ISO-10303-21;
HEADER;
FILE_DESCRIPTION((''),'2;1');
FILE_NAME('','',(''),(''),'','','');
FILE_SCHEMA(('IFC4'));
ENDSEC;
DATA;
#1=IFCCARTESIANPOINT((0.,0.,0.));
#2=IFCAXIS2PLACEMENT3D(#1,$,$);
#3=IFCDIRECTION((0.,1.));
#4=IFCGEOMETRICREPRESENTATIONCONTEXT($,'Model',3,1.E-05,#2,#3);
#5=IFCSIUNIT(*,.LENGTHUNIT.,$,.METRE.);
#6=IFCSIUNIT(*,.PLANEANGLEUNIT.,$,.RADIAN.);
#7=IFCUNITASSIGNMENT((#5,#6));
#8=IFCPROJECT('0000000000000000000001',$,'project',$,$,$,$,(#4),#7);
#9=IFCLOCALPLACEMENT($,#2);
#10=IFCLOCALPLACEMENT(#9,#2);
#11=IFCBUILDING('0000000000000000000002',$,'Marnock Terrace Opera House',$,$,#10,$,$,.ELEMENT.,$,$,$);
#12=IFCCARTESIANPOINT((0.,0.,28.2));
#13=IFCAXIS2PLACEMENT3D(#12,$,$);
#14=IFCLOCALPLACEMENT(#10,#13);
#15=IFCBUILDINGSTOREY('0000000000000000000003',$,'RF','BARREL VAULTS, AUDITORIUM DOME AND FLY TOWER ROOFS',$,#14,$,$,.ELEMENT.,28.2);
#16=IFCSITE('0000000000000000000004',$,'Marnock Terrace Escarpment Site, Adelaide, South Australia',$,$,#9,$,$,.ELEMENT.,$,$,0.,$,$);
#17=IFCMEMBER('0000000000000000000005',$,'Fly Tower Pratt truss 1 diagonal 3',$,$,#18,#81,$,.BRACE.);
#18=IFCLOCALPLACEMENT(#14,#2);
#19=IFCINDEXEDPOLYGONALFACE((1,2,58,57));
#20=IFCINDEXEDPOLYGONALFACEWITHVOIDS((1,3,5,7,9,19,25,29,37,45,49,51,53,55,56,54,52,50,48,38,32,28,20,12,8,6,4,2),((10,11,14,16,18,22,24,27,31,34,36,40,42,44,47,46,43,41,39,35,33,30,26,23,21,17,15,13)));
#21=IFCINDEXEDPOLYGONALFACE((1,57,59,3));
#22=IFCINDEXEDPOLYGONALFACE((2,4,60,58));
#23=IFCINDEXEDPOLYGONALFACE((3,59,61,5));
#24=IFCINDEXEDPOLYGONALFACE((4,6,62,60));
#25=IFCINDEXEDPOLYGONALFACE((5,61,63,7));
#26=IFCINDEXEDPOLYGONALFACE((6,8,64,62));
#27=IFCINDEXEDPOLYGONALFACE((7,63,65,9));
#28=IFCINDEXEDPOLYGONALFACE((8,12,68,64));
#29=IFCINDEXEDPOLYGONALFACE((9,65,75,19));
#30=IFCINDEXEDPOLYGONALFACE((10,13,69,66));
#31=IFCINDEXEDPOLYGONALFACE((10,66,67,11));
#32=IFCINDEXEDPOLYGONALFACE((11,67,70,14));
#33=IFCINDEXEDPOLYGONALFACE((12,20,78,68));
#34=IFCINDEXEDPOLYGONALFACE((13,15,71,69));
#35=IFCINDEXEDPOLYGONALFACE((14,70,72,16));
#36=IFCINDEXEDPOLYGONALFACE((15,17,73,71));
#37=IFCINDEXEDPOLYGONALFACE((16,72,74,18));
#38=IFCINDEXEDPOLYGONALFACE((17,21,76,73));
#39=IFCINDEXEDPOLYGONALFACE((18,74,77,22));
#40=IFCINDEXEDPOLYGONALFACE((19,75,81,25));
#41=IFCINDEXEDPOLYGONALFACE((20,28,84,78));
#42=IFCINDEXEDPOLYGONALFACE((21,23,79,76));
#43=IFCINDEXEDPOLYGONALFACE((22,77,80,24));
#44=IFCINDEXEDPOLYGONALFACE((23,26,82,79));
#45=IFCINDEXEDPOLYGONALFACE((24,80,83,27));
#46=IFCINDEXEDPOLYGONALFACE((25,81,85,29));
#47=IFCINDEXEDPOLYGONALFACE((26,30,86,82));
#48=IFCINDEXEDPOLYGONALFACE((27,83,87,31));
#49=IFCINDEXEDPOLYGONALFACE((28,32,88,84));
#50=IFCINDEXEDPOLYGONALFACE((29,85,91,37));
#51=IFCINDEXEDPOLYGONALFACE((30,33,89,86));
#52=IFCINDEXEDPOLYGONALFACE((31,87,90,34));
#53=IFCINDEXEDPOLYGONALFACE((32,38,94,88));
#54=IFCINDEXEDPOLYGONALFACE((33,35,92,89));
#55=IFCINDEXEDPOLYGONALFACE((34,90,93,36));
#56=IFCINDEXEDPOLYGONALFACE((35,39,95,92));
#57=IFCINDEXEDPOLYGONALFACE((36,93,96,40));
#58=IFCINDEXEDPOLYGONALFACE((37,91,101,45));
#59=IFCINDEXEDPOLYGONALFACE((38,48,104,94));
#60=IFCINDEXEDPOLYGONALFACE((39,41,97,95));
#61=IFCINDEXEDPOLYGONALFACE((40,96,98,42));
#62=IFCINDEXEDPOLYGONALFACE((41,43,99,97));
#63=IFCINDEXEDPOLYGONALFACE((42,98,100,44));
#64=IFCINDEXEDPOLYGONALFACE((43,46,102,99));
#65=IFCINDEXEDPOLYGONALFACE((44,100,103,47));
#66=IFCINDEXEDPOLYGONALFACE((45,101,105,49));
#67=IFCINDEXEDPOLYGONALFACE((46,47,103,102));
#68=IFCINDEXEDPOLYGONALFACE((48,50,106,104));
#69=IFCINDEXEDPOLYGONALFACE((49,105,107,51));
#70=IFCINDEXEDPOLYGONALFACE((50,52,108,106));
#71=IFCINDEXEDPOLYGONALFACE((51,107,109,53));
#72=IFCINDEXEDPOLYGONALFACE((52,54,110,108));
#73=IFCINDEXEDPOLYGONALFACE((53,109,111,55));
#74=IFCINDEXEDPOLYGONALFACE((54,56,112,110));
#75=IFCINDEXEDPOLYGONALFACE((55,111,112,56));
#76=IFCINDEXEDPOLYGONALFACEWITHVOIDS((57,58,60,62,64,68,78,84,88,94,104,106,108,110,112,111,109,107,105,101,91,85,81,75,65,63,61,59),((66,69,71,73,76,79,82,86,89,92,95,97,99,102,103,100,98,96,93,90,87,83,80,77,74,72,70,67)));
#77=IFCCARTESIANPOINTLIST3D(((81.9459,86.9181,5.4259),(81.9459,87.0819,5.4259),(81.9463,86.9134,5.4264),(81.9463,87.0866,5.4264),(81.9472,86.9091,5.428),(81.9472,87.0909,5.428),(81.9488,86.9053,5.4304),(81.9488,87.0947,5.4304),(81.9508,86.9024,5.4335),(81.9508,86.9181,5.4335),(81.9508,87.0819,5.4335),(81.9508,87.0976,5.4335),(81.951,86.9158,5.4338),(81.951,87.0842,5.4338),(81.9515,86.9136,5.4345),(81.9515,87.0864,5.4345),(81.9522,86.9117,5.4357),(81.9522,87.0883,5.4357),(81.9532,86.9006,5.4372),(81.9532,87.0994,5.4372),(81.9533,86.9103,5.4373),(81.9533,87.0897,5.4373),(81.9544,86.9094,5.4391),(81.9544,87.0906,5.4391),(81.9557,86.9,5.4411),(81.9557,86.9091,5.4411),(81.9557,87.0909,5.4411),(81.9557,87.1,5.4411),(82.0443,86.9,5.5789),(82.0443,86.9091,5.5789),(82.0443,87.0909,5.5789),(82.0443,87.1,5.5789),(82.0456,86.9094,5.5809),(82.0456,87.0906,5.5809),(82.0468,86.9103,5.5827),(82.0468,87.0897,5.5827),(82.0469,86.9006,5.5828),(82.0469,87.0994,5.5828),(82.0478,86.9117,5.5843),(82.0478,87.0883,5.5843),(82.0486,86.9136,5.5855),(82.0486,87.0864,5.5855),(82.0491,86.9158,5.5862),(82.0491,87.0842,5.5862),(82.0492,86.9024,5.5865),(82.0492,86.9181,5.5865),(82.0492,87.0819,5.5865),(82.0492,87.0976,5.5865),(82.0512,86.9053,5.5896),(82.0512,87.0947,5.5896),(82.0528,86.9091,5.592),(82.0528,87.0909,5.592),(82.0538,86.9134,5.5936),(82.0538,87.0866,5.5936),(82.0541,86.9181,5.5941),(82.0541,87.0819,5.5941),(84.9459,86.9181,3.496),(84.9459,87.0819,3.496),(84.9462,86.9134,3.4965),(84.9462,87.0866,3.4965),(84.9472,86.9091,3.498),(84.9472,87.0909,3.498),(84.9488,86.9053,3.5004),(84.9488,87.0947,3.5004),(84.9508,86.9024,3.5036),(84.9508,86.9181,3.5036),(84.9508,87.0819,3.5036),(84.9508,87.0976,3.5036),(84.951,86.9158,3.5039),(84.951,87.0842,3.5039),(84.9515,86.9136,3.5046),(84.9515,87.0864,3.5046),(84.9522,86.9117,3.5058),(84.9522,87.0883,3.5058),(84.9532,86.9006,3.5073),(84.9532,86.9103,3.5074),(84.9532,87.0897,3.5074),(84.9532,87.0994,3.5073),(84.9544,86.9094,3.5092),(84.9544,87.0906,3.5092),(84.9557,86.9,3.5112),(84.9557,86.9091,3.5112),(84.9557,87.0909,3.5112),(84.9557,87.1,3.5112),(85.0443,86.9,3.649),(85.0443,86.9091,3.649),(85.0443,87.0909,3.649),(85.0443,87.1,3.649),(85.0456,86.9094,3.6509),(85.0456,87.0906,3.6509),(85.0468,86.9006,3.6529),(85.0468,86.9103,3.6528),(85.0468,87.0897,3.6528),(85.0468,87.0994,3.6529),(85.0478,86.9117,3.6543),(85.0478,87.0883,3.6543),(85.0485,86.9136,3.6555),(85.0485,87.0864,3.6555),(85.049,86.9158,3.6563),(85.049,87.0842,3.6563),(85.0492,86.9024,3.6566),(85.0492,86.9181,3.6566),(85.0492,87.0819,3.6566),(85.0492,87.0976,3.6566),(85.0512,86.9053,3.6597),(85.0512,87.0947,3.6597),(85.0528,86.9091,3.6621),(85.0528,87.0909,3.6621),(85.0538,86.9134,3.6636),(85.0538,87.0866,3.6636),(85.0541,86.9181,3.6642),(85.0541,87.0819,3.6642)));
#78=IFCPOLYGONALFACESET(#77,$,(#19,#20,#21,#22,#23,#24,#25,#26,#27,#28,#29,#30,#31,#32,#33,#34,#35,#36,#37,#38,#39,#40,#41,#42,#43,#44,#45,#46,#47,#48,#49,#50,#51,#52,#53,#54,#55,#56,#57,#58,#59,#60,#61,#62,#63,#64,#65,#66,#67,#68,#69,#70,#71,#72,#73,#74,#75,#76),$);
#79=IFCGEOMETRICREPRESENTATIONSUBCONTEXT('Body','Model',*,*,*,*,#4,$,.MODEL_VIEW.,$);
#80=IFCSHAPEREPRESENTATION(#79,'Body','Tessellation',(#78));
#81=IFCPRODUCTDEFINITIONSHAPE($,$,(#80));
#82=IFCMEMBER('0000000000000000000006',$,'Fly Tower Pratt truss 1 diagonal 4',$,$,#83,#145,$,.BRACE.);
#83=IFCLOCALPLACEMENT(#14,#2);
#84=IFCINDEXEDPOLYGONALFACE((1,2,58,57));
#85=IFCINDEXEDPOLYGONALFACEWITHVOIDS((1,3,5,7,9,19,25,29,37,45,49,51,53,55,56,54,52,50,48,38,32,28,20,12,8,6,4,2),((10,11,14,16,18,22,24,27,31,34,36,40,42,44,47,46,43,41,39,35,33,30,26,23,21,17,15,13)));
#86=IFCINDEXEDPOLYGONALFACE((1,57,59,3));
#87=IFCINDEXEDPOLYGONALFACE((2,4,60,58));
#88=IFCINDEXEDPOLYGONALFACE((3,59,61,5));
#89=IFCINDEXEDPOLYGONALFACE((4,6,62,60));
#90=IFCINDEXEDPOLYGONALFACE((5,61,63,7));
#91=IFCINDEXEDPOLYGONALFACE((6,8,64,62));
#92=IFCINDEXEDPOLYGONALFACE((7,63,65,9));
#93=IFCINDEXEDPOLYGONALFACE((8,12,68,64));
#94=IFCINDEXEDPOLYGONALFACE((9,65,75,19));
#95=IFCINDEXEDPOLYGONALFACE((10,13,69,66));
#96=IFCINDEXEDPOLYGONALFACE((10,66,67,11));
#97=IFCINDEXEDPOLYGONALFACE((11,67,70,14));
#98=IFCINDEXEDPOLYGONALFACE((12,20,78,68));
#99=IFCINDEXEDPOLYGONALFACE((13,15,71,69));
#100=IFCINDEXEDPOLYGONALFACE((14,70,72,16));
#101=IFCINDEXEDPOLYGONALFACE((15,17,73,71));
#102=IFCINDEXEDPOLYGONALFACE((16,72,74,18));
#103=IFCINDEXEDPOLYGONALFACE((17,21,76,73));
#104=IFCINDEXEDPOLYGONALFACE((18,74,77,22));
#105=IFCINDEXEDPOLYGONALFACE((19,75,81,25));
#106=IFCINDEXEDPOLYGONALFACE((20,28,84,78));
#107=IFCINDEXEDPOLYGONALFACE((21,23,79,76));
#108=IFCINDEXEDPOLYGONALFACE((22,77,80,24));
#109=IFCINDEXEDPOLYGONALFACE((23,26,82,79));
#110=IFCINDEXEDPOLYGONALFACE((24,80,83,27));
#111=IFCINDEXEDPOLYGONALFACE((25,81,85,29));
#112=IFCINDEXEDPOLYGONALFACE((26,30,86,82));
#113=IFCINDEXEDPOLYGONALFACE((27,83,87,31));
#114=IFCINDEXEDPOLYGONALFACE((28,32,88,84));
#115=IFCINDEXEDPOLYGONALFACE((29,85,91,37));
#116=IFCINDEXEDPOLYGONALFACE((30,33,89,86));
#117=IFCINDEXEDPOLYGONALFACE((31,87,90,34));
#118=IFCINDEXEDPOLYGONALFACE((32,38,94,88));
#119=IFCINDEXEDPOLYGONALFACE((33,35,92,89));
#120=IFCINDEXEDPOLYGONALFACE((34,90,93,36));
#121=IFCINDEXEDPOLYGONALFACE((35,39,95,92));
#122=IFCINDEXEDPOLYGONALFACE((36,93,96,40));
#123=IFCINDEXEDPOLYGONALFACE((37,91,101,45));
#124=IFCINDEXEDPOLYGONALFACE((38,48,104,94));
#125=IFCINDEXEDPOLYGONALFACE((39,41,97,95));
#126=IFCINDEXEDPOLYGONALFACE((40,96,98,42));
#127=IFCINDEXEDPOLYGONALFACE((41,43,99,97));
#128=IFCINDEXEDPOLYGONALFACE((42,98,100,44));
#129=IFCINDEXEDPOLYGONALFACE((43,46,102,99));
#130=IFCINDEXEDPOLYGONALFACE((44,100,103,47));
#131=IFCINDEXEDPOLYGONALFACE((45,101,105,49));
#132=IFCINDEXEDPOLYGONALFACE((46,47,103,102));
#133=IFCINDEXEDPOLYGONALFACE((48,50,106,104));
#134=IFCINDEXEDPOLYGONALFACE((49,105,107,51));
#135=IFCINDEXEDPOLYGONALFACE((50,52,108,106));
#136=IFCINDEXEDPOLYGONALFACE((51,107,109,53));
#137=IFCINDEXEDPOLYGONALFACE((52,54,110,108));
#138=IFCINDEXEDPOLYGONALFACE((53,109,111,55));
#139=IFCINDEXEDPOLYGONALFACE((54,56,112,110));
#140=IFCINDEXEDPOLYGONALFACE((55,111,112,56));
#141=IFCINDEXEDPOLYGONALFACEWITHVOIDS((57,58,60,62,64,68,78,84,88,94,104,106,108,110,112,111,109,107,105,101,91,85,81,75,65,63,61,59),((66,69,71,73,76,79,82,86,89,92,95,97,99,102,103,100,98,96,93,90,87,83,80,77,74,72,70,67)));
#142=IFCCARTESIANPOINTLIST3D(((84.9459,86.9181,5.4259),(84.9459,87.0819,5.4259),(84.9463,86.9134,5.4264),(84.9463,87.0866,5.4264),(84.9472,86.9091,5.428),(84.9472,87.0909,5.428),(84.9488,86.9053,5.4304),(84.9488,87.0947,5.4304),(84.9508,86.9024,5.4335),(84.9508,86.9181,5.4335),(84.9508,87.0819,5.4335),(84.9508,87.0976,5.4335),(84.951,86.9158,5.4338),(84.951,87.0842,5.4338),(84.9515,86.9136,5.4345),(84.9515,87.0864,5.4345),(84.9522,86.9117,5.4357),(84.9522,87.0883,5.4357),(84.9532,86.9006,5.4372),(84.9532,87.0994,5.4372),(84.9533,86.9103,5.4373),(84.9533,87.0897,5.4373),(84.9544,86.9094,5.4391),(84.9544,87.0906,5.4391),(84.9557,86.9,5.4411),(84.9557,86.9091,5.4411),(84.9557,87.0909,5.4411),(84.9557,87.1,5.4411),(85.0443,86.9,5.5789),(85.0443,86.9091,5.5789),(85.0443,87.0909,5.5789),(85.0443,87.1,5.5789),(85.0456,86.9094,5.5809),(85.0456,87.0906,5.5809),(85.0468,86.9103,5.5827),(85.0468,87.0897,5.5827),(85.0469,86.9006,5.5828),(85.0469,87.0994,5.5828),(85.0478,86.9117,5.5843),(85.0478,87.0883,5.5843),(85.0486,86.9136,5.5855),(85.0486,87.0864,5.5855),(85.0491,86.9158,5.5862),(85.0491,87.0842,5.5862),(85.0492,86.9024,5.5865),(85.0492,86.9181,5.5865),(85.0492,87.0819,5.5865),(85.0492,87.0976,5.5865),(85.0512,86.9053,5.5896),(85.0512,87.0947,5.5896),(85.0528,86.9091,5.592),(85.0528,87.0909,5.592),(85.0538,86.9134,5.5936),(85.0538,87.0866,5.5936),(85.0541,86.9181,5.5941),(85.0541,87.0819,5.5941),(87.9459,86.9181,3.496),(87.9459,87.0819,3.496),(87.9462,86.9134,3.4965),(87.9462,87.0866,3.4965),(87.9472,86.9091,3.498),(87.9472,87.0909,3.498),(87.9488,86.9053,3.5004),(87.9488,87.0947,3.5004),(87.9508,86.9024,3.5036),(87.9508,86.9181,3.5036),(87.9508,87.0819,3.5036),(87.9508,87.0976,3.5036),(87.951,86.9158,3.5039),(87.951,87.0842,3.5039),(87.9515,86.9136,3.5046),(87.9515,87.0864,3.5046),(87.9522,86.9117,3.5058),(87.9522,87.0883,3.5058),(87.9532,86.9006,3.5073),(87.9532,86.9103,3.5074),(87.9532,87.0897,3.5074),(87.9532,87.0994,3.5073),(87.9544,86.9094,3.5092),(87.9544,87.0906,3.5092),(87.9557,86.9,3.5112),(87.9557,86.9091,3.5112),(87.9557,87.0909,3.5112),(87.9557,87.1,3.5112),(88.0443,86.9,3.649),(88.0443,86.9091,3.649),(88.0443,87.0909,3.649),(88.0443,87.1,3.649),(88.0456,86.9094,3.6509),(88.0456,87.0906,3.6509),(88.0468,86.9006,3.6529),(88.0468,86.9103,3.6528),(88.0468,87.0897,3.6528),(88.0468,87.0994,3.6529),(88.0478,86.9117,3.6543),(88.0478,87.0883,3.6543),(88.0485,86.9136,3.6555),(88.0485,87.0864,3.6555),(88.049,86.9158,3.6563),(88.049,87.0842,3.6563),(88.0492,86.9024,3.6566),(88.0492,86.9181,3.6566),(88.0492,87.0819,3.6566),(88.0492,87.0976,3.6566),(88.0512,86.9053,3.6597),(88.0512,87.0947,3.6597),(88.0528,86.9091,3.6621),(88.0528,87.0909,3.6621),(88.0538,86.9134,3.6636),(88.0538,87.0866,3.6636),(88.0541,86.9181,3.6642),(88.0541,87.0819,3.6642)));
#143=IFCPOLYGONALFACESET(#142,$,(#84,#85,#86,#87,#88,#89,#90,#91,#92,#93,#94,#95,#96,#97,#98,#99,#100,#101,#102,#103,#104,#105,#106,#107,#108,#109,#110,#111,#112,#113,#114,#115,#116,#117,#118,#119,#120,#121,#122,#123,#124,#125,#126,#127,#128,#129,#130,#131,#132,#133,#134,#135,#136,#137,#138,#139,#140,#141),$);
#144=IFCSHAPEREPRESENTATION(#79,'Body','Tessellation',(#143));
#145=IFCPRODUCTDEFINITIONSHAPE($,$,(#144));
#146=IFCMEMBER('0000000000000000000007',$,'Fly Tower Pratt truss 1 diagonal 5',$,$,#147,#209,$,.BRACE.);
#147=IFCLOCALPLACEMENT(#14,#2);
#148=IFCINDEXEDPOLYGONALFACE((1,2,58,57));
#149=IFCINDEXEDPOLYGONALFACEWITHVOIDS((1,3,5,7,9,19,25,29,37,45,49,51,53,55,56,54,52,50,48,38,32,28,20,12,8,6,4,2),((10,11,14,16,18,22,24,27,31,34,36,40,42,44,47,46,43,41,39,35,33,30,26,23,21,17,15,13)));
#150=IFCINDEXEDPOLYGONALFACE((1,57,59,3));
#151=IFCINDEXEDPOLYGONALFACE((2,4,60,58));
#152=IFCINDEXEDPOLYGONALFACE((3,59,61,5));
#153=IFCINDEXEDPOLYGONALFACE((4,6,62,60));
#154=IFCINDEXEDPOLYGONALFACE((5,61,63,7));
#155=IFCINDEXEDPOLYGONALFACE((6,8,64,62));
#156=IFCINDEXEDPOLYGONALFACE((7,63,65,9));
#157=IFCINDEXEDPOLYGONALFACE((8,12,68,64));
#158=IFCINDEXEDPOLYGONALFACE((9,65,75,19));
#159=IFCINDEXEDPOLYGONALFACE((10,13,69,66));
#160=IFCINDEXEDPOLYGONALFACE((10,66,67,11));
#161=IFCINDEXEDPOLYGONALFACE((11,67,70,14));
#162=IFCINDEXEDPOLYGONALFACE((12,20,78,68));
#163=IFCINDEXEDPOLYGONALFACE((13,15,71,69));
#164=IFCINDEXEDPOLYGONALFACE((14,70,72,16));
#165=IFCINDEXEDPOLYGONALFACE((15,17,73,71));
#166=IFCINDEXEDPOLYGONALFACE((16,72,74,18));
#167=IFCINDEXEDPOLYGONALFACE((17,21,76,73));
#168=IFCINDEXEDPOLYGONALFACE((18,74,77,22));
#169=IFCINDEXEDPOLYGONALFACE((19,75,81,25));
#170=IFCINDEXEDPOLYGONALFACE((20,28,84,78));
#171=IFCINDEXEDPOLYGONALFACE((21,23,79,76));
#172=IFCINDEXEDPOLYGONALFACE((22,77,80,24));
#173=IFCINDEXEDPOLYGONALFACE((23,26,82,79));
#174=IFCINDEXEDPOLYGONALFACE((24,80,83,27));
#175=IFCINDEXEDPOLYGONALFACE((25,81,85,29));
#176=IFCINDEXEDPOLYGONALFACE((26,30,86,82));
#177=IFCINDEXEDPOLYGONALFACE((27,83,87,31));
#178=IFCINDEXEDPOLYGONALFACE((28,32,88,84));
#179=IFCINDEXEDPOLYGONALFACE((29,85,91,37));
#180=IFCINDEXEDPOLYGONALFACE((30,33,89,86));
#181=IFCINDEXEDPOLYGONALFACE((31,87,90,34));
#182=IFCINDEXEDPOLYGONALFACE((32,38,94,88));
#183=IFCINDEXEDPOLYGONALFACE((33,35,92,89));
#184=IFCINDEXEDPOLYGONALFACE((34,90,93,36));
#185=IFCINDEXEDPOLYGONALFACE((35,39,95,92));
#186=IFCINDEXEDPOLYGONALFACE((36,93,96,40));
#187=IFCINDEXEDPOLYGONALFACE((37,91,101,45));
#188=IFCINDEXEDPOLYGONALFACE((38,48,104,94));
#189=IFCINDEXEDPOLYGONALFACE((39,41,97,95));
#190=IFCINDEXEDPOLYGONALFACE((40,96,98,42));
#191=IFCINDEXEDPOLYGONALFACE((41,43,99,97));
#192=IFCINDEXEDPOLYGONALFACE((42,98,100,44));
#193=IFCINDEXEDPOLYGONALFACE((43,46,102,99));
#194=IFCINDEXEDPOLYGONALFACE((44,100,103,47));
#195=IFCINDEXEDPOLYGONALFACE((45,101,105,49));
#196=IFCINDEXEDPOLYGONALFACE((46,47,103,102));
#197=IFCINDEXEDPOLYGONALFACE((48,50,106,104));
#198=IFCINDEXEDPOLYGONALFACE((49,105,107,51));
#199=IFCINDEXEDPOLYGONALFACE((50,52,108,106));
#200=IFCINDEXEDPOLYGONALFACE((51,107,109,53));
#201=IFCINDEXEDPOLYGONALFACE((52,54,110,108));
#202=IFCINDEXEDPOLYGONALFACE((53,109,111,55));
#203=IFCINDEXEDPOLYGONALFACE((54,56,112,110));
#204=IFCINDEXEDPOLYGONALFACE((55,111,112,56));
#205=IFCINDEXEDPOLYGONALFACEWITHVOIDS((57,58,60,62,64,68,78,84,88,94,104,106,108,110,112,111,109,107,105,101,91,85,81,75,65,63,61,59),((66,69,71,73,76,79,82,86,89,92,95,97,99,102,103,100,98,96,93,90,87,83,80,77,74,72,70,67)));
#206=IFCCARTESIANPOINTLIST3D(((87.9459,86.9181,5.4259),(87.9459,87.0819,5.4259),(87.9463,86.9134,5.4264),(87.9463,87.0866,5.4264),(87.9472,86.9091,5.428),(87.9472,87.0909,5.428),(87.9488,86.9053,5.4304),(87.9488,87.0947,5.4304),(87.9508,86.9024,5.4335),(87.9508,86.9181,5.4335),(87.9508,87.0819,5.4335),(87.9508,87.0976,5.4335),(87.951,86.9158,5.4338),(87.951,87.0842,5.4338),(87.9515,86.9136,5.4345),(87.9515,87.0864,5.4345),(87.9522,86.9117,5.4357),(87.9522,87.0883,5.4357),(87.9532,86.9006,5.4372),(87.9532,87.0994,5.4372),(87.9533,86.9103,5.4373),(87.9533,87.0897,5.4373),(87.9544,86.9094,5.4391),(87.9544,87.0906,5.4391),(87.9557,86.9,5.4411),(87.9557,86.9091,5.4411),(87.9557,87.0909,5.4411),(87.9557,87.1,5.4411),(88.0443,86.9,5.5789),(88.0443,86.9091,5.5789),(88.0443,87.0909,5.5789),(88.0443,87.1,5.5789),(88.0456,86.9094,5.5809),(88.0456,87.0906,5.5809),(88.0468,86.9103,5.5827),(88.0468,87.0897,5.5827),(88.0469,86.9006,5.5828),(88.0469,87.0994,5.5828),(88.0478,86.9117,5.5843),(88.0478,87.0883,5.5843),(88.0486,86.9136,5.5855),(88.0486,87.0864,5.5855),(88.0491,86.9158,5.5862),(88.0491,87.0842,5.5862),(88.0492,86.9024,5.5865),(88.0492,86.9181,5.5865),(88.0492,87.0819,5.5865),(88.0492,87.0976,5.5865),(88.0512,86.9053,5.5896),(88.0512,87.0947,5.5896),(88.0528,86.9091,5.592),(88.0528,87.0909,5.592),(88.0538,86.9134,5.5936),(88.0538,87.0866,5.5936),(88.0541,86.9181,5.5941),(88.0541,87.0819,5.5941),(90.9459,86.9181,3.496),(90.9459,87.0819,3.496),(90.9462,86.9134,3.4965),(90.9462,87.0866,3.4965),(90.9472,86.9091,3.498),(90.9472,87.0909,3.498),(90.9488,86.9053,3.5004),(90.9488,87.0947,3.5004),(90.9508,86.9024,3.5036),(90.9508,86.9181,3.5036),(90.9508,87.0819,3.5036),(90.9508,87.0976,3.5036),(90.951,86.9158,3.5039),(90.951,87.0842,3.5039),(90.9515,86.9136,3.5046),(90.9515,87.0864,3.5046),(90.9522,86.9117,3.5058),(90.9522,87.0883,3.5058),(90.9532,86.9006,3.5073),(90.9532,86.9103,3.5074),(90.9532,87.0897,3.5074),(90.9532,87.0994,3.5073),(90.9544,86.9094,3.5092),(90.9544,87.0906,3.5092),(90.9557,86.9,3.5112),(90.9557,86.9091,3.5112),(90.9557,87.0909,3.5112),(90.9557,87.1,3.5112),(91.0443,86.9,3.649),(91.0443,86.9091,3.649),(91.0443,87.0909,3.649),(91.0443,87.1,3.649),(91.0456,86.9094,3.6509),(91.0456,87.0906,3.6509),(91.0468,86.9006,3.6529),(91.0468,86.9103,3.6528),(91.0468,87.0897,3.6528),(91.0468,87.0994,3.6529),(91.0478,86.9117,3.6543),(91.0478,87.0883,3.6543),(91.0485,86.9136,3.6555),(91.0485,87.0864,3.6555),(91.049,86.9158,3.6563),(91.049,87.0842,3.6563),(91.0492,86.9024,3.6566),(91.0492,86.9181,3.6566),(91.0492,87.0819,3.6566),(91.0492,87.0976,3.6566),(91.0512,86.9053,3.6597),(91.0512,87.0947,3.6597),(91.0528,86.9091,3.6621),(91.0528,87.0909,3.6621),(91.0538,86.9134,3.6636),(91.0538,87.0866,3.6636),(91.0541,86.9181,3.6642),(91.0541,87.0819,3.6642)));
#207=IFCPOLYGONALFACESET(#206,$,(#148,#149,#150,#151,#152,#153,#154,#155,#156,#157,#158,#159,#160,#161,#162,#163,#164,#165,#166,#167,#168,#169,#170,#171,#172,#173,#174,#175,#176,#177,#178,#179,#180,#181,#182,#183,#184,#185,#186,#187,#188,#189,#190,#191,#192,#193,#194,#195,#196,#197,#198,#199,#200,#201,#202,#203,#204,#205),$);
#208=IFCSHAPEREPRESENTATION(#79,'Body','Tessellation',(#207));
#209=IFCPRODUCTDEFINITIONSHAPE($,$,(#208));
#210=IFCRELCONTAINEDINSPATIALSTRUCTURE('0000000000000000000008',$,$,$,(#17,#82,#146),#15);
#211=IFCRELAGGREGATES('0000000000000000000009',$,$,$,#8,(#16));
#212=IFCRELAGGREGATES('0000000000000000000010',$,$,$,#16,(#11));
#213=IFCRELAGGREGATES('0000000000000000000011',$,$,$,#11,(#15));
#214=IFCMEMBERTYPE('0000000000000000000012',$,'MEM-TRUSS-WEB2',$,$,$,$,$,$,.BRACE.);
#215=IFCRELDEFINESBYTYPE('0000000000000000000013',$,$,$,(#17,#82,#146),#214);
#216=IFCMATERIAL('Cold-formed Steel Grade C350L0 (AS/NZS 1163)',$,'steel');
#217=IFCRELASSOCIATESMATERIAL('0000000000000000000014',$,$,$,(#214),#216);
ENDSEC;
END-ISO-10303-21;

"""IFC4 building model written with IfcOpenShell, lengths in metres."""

from ifc_helpers import new_model, si_unit, direction, frame, origin, origin_2d, place, context, subcontext, project, spatial, hollow_rectangle, extrude, material, material_profile, profile_set, type_object, element, save


model = new_model("IFC4")

# Units and contexts
model_context = context("Model", 3, precision=1e-05, world=origin(), true_north=direction((0.0, 1.0)))
body_context = subcontext(model_context, "Body", "Model", "MODEL_VIEW")
ifc_project = project(units=[si_unit("LENGTHUNIT", "METRE"), si_unit("PLANEANGLEUNIT", "RADIAN")], contexts=[model_context])

# Site, building, storey
site_placement = place(None, origin())
site = spatial("IfcSite", under=ifc_project, at=site_placement, Name="Marnock Terrace Escarpment Site, Adelaide, South Australia", CompositionType="ELEMENT", RefElevation=0.0)
building_placement = place(site_placement, origin())
building = spatial("IfcBuilding", under=site, at=building_placement, Name="Marnock Terrace Opera House", CompositionType="ELEMENT")
storey_placement = place(building_placement, frame((0.0, 0.0, 28.2)))
storey = spatial("IfcBuildingStorey", under=building, at=storey_placement, Name="RF", Description="BARREL VAULTS, AUDITORIUM DOME AND FLY TOWER ROOFS", CompositionType="ELEMENT", Elevation=28.2)

# Members
ifc_material_1 = material(Name="Cold-formed Steel Grade C350L0 (AS/NZS 1163)", Category="steel")
ifc_material_profile_1 = material_profile(ifc_material_1, hollow_rectangle(XDim=0.2, YDim=0.2, WallThickness=0.009, InnerFilletRadius=0.009, OuterFilletRadius=0.0181, at=origin_2d()))
ifc_profile_set_1 = profile_set([ifc_material_profile_1], Name="Cold-formed Steel Grade C350L0 (AS/NZS 1163)")
member_type_1 = type_object("IfcMemberType", Name="MEM-TRUSS-WEB2", PredefinedType="BRACE", material=ifc_profile_set_1)
for number, where, z_axis, x_axis, name in (
    (1, (85.0, 87.0, 3.5801), (-0.841005, 0.0, 0.541027), (0.0, -1.0, 0.0), "Fly Tower Pratt truss 1 diagonal 3"),
    (2, (88.0, 87.0, 3.5801), (-0.841005, 0.0, 0.541027), (0.0, -1.0, 0.0), "Fly Tower Pratt truss 1 diagonal 4"),
    (3, (91.0, 87.0, 3.5801), (-0.841005, 0.0, 0.541027), (0.0, -1.0, 0.0), "Fly Tower Pratt truss 1 diagonal 5"),
):
    element("IfcMember", number, at=place(storey_placement, frame(where, z_axis=z_axis, x_axis=x_axis)), inside=storey, type_object=member_type_1, Name=name, PredefinedType="BRACE", context=body_context, shape_type="SweptSolid", body=[
        extrude(hollow_rectangle(XDim=0.2, YDim=0.2, WallThickness=0.009, InnerFilletRadius=0.009, OuterFilletRadius=0.0181, at=origin_2d()), origin(), (0.0, 0.0, 1.0), 3.5671),
    ])

save(model, "model.ifc")
